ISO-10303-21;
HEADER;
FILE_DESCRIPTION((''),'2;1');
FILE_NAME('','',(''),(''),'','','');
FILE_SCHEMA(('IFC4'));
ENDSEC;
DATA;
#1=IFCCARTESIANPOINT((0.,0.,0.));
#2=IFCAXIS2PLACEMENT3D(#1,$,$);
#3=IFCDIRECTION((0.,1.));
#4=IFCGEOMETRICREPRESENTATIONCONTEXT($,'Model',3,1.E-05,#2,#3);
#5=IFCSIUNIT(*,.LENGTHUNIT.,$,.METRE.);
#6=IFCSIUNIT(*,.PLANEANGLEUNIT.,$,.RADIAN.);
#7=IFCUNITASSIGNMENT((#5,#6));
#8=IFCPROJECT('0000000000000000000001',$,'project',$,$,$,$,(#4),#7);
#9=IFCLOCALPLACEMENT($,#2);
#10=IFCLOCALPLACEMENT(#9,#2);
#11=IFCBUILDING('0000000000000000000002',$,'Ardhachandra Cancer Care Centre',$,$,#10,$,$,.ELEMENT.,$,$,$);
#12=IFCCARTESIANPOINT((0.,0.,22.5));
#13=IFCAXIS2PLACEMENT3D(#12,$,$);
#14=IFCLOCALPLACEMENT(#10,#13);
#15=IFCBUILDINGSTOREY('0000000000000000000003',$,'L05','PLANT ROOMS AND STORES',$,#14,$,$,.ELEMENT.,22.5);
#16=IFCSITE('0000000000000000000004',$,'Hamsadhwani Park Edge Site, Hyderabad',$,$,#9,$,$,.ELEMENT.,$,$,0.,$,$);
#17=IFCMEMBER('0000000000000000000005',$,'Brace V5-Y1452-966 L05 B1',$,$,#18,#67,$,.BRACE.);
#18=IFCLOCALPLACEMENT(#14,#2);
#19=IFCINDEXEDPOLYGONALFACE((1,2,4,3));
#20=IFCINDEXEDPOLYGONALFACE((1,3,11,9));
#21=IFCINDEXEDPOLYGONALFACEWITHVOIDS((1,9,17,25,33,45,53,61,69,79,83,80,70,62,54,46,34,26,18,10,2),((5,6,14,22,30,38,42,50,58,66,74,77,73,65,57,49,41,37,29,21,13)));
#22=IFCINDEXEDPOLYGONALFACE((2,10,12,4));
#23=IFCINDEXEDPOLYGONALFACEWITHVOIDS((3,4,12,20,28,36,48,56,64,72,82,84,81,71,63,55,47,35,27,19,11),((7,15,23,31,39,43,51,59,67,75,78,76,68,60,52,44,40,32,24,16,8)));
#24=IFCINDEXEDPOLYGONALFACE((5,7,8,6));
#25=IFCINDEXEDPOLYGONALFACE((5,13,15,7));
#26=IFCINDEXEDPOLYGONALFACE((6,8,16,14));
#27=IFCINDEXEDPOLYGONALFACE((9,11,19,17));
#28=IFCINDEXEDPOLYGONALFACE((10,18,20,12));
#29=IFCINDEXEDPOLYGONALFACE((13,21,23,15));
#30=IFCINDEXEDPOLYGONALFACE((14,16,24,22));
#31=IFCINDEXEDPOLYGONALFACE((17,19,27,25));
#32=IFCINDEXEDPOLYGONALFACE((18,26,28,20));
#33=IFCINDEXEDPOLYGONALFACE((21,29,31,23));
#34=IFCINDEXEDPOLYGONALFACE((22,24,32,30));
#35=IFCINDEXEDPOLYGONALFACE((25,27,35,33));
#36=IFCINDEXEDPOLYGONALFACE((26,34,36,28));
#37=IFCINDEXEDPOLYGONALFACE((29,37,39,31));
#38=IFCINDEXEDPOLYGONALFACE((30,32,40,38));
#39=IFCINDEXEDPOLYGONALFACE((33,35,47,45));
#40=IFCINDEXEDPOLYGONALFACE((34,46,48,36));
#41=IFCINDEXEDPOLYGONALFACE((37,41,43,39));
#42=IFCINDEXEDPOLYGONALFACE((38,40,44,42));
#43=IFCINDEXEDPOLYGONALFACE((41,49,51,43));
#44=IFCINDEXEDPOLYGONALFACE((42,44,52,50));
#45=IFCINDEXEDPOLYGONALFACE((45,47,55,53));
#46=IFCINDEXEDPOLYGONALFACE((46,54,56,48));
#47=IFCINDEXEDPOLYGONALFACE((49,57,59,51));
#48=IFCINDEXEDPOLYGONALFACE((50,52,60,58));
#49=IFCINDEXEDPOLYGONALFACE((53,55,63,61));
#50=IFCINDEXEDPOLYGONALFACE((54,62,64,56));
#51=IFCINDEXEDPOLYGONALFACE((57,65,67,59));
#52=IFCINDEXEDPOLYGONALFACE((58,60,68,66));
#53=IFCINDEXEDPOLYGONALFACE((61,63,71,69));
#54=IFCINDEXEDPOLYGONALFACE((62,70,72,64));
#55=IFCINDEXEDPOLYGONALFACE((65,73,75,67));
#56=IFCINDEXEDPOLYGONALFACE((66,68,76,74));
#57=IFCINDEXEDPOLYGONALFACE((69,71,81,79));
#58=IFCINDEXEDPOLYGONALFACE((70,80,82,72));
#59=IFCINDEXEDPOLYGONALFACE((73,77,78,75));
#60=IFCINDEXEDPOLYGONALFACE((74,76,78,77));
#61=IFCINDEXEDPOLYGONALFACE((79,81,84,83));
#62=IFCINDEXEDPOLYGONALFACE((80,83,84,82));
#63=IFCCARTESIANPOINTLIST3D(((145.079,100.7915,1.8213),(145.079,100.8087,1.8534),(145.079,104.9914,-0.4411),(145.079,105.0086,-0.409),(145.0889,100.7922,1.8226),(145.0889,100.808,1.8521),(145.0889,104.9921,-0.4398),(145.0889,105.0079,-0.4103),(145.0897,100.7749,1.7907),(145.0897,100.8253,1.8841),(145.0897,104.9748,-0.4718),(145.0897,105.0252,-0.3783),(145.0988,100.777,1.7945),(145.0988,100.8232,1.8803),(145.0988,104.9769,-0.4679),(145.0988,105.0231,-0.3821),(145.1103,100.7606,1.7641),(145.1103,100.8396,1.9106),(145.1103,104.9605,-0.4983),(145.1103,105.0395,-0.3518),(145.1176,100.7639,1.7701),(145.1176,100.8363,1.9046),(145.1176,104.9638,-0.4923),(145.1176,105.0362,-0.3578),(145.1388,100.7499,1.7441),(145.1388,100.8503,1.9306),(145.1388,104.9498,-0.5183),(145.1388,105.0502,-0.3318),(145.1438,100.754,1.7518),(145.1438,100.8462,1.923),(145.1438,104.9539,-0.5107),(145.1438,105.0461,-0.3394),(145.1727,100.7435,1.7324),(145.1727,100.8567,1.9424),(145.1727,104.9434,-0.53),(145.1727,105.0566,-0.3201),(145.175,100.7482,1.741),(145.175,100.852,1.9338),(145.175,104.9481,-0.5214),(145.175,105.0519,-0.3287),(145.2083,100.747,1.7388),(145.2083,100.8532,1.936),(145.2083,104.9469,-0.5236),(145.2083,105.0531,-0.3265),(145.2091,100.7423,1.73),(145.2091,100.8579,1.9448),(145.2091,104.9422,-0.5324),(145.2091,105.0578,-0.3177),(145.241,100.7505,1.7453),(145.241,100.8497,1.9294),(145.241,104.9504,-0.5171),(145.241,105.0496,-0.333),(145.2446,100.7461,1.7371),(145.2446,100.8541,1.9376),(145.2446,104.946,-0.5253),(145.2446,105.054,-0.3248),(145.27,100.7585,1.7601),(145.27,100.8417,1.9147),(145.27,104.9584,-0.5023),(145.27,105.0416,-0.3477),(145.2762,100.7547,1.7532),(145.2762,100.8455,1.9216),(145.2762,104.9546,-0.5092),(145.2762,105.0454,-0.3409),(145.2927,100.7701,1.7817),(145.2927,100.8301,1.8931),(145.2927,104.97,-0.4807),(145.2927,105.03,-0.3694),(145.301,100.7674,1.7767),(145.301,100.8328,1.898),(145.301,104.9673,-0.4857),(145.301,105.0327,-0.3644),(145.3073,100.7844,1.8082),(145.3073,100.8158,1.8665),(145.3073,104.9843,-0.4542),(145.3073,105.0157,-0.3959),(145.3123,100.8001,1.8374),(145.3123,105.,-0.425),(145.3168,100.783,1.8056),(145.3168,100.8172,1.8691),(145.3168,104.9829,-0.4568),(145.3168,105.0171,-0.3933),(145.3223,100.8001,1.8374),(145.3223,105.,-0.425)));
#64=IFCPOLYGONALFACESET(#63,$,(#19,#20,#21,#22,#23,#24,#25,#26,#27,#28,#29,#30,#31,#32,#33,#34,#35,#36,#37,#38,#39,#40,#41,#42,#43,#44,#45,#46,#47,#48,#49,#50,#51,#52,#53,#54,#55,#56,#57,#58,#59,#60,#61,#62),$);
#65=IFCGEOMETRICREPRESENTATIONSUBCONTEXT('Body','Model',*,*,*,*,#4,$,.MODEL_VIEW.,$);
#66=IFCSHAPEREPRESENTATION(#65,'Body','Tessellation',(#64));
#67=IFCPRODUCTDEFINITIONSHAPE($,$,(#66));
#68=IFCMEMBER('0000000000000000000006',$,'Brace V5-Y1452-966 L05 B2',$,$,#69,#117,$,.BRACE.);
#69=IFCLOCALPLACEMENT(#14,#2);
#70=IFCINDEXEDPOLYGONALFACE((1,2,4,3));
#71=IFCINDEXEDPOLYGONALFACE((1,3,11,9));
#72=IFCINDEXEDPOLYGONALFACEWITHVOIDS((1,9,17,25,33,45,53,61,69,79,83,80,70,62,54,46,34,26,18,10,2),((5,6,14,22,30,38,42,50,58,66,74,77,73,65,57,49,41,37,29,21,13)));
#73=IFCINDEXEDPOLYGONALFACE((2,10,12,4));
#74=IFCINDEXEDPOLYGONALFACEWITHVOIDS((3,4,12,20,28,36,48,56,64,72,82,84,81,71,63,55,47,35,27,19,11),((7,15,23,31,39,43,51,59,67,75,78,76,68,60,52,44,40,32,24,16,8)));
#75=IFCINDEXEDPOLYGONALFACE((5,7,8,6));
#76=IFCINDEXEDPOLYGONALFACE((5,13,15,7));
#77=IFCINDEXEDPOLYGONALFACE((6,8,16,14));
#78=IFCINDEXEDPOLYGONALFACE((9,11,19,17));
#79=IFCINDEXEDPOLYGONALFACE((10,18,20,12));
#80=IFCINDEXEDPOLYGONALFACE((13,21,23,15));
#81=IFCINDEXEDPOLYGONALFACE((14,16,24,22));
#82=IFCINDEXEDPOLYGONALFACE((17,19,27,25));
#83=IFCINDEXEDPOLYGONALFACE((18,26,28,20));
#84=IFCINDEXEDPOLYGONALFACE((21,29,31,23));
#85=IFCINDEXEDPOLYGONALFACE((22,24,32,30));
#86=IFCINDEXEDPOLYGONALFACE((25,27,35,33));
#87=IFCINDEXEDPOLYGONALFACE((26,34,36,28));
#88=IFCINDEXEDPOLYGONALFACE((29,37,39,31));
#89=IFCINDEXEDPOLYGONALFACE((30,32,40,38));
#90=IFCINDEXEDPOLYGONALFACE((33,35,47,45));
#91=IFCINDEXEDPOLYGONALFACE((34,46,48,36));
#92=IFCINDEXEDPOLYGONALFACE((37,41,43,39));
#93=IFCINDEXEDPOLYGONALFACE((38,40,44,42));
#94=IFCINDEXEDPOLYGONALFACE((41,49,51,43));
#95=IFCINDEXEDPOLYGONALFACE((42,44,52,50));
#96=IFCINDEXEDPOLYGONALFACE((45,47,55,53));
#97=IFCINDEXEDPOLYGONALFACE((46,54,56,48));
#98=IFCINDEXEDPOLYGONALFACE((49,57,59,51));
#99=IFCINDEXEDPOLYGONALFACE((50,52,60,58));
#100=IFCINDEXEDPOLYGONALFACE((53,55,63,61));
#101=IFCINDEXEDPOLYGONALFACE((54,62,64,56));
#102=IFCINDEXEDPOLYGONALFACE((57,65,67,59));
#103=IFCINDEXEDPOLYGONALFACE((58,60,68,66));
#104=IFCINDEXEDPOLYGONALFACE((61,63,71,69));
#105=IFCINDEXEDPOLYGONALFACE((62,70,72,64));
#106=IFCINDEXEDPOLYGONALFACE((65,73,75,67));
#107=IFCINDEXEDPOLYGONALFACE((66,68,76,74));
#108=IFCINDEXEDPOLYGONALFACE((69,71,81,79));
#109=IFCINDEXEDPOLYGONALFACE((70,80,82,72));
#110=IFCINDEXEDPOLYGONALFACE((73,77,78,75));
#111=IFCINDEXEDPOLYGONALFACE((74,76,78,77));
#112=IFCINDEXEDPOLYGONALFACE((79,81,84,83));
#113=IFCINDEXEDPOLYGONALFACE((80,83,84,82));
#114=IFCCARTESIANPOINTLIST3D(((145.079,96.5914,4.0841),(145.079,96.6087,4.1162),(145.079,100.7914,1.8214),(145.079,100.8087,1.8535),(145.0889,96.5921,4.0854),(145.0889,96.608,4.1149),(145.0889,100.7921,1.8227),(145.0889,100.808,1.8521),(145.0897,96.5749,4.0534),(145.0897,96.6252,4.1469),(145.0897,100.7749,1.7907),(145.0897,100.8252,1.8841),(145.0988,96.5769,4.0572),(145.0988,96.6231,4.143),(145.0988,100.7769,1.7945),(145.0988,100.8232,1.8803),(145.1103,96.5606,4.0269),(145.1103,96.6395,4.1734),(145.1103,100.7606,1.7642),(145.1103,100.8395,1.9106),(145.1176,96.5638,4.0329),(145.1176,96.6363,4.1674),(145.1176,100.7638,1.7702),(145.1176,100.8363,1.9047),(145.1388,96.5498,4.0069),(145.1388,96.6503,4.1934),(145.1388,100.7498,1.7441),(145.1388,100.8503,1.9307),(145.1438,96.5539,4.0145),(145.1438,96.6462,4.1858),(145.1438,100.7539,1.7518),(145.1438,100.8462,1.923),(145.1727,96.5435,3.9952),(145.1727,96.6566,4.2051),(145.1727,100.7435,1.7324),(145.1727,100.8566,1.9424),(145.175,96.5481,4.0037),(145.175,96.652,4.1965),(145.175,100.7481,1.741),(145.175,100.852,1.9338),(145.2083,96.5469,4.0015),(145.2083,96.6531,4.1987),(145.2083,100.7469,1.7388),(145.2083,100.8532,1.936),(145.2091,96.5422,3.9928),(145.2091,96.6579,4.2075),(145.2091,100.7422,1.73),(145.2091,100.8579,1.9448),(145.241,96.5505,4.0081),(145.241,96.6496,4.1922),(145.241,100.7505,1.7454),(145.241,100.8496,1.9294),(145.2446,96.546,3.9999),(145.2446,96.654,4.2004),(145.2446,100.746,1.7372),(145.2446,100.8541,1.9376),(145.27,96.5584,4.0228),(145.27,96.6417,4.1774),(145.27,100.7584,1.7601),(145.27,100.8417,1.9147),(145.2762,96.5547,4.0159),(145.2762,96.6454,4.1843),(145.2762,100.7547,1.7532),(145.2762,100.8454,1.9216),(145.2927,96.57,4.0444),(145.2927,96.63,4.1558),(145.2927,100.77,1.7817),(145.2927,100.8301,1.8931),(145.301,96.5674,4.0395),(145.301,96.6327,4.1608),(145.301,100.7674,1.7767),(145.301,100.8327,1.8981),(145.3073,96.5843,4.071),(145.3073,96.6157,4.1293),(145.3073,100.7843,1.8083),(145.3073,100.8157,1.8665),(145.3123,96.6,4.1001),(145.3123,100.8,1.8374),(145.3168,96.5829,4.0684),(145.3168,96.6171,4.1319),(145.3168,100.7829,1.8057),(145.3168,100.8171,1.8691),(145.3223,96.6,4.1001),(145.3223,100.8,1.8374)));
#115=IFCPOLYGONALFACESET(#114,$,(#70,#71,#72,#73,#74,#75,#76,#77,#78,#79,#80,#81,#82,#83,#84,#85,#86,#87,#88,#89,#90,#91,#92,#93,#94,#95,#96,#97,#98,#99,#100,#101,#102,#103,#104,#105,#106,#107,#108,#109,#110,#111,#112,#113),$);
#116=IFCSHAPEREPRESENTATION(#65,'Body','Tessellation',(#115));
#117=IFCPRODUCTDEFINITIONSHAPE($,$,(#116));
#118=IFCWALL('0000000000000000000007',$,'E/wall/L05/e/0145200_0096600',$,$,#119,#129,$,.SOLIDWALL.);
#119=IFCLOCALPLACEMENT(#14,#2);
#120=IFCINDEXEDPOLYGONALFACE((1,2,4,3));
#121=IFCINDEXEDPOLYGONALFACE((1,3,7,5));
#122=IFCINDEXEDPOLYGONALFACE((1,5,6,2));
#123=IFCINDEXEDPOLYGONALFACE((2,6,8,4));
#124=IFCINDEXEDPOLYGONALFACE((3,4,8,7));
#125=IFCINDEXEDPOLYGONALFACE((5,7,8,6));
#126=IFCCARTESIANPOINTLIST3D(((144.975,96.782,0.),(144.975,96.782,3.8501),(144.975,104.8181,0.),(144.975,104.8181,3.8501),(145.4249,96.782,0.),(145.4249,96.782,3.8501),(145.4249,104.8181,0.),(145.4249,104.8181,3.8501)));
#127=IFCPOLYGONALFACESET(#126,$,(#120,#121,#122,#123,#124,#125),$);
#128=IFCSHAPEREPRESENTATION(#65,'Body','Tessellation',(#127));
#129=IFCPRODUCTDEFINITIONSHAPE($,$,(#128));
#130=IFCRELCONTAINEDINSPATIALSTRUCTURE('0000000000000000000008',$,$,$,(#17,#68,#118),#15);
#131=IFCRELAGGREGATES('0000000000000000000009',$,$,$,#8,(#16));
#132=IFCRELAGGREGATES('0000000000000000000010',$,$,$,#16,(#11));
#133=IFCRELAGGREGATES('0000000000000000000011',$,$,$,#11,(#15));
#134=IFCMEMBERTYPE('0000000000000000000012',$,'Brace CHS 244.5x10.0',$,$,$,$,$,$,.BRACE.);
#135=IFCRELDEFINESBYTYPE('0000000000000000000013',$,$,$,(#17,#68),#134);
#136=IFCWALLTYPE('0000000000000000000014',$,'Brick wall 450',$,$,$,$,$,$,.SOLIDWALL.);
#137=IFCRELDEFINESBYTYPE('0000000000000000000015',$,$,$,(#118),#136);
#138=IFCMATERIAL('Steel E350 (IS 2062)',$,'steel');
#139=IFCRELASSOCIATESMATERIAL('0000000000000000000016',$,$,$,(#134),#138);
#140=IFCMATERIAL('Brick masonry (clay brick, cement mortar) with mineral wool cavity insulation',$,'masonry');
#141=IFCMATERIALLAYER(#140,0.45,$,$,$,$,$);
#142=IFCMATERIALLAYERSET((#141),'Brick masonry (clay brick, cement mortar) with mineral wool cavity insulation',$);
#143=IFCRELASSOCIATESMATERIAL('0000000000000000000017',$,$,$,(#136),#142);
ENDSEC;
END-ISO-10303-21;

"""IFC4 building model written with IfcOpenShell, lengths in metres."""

from ifc_helpers import new_model, si_unit, direction, frame, frame_2d, origin, origin_2d, place, context, subcontext, project, spatial, rectangle, hollow_circle, extrude, material, layer, layer_set, material_profile, profile_set, type_object, element, save


model = new_model("IFC4")

# Units and contexts
model_context = context("Model", 3, precision=1e-05, world=origin(), true_north=direction((0.0, 1.0)))
body_context = subcontext(model_context, "Body", "Model", "MODEL_VIEW")
ifc_project = project(units=[si_unit("LENGTHUNIT", "METRE"), si_unit("PLANEANGLEUNIT", "RADIAN")], contexts=[model_context])

# Site, building, storey
site_placement = place(None, origin())
site = spatial("IfcSite", under=ifc_project, at=site_placement, Name="Hamsadhwani Park Edge Site, Hyderabad", CompositionType="ELEMENT", RefElevation=0.0)
building_placement = place(site_placement, origin())
building = spatial("IfcBuilding", under=site, at=building_placement, Name="Ardhachandra Cancer Care Centre", CompositionType="ELEMENT")
storey_placement = place(building_placement, frame((0.0, 0.0, 22.5)))
storey = spatial("IfcBuildingStorey", under=building, at=storey_placement, Name="L05", Description="PLANT ROOMS AND STORES", CompositionType="ELEMENT", Elevation=22.5)

# Members
ifc_material_1 = material(Name="Steel E350 (IS 2062)", Category="steel")
ifc_material_profile_1 = material_profile(ifc_material_1, hollow_circle(Radius=0.1223, WallThickness=0.01, at=origin_2d()), Name="CHS 244.5x10.0")
ifc_profile_set_1 = profile_set([ifc_material_profile_1], Name="Steel E350 (IS 2062)")
member_type = type_object("IfcMemberType", Name="Brace CHS 244.5x10.0", PredefinedType="BRACE", material=ifc_profile_set_1)
member_1_placement = place(storey_placement, frame((145.2, 105.0, -0.425), z_axis=(0.0, -0.880389, 0.474252), x_axis=(1.0, 0.0, 0.0)))
element("IfcMember", 1, at=member_1_placement, inside=storey, type_object=member_type, Name="Brace V5-Y1452-966 L05 B1", PredefinedType="BRACE", context=body_context, shape_type="SweptSolid", body=[
    extrude(hollow_circle(Radius=0.1223, WallThickness=0.01, at=origin_2d()), origin(), (0.0, 0.0, 1.0), 4.7705),
])
member_2_placement = place(storey_placement, frame((145.2, 100.8, 1.8374), z_axis=(0.0, -0.880368, 0.474292), x_axis=(1.0, 0.0, 0.0)))
element("IfcMember", 2, at=member_2_placement, inside=storey, type_object=member_type, Name="Brace V5-Y1452-966 L05 B2", PredefinedType="BRACE", context=body_context, shape_type="SweptSolid", body=[
    extrude(hollow_circle(Radius=0.1223, WallThickness=0.01, at=origin_2d()), origin(), (0.0, 0.0, 1.0), 4.7708),
])

# Wall
ifc_material_2 = material(Name="Brick masonry (clay brick, cement mortar) with mineral wool cavity insulation", Category="masonry")
ifc_layer_1 = layer(ifc_material_2, 0.45)
ifc_layer_set_1 = layer_set([ifc_layer_1], Name="Brick masonry (clay brick, cement mortar) with mineral wool cavity insulation")
wall_type_1 = type_object("IfcWallType", Name="Brick wall 450", PredefinedType="SOLIDWALL", material=ifc_layer_set_1)
wall_1_placement = place(storey_placement, frame((145.2, 96.782, 0.0), z_axis=(0.0, 0.0, 1.0), x_axis=(0.0, 1.0, 0.0)))
element("IfcWall", 3, at=wall_1_placement, inside=storey, type_object=wall_type_1, Name="E/wall/L05/e/0145200_0096600", PredefinedType="SOLIDWALL", context=body_context, shape_type="SweptSolid", body=[
    extrude(rectangle(XDim=8.0361, YDim=0.45, at=frame_2d((4.0181, 0.0))), origin(), (0.0, 0.0, 1.0), 3.8501),
])

save(model, "model.ifc")
